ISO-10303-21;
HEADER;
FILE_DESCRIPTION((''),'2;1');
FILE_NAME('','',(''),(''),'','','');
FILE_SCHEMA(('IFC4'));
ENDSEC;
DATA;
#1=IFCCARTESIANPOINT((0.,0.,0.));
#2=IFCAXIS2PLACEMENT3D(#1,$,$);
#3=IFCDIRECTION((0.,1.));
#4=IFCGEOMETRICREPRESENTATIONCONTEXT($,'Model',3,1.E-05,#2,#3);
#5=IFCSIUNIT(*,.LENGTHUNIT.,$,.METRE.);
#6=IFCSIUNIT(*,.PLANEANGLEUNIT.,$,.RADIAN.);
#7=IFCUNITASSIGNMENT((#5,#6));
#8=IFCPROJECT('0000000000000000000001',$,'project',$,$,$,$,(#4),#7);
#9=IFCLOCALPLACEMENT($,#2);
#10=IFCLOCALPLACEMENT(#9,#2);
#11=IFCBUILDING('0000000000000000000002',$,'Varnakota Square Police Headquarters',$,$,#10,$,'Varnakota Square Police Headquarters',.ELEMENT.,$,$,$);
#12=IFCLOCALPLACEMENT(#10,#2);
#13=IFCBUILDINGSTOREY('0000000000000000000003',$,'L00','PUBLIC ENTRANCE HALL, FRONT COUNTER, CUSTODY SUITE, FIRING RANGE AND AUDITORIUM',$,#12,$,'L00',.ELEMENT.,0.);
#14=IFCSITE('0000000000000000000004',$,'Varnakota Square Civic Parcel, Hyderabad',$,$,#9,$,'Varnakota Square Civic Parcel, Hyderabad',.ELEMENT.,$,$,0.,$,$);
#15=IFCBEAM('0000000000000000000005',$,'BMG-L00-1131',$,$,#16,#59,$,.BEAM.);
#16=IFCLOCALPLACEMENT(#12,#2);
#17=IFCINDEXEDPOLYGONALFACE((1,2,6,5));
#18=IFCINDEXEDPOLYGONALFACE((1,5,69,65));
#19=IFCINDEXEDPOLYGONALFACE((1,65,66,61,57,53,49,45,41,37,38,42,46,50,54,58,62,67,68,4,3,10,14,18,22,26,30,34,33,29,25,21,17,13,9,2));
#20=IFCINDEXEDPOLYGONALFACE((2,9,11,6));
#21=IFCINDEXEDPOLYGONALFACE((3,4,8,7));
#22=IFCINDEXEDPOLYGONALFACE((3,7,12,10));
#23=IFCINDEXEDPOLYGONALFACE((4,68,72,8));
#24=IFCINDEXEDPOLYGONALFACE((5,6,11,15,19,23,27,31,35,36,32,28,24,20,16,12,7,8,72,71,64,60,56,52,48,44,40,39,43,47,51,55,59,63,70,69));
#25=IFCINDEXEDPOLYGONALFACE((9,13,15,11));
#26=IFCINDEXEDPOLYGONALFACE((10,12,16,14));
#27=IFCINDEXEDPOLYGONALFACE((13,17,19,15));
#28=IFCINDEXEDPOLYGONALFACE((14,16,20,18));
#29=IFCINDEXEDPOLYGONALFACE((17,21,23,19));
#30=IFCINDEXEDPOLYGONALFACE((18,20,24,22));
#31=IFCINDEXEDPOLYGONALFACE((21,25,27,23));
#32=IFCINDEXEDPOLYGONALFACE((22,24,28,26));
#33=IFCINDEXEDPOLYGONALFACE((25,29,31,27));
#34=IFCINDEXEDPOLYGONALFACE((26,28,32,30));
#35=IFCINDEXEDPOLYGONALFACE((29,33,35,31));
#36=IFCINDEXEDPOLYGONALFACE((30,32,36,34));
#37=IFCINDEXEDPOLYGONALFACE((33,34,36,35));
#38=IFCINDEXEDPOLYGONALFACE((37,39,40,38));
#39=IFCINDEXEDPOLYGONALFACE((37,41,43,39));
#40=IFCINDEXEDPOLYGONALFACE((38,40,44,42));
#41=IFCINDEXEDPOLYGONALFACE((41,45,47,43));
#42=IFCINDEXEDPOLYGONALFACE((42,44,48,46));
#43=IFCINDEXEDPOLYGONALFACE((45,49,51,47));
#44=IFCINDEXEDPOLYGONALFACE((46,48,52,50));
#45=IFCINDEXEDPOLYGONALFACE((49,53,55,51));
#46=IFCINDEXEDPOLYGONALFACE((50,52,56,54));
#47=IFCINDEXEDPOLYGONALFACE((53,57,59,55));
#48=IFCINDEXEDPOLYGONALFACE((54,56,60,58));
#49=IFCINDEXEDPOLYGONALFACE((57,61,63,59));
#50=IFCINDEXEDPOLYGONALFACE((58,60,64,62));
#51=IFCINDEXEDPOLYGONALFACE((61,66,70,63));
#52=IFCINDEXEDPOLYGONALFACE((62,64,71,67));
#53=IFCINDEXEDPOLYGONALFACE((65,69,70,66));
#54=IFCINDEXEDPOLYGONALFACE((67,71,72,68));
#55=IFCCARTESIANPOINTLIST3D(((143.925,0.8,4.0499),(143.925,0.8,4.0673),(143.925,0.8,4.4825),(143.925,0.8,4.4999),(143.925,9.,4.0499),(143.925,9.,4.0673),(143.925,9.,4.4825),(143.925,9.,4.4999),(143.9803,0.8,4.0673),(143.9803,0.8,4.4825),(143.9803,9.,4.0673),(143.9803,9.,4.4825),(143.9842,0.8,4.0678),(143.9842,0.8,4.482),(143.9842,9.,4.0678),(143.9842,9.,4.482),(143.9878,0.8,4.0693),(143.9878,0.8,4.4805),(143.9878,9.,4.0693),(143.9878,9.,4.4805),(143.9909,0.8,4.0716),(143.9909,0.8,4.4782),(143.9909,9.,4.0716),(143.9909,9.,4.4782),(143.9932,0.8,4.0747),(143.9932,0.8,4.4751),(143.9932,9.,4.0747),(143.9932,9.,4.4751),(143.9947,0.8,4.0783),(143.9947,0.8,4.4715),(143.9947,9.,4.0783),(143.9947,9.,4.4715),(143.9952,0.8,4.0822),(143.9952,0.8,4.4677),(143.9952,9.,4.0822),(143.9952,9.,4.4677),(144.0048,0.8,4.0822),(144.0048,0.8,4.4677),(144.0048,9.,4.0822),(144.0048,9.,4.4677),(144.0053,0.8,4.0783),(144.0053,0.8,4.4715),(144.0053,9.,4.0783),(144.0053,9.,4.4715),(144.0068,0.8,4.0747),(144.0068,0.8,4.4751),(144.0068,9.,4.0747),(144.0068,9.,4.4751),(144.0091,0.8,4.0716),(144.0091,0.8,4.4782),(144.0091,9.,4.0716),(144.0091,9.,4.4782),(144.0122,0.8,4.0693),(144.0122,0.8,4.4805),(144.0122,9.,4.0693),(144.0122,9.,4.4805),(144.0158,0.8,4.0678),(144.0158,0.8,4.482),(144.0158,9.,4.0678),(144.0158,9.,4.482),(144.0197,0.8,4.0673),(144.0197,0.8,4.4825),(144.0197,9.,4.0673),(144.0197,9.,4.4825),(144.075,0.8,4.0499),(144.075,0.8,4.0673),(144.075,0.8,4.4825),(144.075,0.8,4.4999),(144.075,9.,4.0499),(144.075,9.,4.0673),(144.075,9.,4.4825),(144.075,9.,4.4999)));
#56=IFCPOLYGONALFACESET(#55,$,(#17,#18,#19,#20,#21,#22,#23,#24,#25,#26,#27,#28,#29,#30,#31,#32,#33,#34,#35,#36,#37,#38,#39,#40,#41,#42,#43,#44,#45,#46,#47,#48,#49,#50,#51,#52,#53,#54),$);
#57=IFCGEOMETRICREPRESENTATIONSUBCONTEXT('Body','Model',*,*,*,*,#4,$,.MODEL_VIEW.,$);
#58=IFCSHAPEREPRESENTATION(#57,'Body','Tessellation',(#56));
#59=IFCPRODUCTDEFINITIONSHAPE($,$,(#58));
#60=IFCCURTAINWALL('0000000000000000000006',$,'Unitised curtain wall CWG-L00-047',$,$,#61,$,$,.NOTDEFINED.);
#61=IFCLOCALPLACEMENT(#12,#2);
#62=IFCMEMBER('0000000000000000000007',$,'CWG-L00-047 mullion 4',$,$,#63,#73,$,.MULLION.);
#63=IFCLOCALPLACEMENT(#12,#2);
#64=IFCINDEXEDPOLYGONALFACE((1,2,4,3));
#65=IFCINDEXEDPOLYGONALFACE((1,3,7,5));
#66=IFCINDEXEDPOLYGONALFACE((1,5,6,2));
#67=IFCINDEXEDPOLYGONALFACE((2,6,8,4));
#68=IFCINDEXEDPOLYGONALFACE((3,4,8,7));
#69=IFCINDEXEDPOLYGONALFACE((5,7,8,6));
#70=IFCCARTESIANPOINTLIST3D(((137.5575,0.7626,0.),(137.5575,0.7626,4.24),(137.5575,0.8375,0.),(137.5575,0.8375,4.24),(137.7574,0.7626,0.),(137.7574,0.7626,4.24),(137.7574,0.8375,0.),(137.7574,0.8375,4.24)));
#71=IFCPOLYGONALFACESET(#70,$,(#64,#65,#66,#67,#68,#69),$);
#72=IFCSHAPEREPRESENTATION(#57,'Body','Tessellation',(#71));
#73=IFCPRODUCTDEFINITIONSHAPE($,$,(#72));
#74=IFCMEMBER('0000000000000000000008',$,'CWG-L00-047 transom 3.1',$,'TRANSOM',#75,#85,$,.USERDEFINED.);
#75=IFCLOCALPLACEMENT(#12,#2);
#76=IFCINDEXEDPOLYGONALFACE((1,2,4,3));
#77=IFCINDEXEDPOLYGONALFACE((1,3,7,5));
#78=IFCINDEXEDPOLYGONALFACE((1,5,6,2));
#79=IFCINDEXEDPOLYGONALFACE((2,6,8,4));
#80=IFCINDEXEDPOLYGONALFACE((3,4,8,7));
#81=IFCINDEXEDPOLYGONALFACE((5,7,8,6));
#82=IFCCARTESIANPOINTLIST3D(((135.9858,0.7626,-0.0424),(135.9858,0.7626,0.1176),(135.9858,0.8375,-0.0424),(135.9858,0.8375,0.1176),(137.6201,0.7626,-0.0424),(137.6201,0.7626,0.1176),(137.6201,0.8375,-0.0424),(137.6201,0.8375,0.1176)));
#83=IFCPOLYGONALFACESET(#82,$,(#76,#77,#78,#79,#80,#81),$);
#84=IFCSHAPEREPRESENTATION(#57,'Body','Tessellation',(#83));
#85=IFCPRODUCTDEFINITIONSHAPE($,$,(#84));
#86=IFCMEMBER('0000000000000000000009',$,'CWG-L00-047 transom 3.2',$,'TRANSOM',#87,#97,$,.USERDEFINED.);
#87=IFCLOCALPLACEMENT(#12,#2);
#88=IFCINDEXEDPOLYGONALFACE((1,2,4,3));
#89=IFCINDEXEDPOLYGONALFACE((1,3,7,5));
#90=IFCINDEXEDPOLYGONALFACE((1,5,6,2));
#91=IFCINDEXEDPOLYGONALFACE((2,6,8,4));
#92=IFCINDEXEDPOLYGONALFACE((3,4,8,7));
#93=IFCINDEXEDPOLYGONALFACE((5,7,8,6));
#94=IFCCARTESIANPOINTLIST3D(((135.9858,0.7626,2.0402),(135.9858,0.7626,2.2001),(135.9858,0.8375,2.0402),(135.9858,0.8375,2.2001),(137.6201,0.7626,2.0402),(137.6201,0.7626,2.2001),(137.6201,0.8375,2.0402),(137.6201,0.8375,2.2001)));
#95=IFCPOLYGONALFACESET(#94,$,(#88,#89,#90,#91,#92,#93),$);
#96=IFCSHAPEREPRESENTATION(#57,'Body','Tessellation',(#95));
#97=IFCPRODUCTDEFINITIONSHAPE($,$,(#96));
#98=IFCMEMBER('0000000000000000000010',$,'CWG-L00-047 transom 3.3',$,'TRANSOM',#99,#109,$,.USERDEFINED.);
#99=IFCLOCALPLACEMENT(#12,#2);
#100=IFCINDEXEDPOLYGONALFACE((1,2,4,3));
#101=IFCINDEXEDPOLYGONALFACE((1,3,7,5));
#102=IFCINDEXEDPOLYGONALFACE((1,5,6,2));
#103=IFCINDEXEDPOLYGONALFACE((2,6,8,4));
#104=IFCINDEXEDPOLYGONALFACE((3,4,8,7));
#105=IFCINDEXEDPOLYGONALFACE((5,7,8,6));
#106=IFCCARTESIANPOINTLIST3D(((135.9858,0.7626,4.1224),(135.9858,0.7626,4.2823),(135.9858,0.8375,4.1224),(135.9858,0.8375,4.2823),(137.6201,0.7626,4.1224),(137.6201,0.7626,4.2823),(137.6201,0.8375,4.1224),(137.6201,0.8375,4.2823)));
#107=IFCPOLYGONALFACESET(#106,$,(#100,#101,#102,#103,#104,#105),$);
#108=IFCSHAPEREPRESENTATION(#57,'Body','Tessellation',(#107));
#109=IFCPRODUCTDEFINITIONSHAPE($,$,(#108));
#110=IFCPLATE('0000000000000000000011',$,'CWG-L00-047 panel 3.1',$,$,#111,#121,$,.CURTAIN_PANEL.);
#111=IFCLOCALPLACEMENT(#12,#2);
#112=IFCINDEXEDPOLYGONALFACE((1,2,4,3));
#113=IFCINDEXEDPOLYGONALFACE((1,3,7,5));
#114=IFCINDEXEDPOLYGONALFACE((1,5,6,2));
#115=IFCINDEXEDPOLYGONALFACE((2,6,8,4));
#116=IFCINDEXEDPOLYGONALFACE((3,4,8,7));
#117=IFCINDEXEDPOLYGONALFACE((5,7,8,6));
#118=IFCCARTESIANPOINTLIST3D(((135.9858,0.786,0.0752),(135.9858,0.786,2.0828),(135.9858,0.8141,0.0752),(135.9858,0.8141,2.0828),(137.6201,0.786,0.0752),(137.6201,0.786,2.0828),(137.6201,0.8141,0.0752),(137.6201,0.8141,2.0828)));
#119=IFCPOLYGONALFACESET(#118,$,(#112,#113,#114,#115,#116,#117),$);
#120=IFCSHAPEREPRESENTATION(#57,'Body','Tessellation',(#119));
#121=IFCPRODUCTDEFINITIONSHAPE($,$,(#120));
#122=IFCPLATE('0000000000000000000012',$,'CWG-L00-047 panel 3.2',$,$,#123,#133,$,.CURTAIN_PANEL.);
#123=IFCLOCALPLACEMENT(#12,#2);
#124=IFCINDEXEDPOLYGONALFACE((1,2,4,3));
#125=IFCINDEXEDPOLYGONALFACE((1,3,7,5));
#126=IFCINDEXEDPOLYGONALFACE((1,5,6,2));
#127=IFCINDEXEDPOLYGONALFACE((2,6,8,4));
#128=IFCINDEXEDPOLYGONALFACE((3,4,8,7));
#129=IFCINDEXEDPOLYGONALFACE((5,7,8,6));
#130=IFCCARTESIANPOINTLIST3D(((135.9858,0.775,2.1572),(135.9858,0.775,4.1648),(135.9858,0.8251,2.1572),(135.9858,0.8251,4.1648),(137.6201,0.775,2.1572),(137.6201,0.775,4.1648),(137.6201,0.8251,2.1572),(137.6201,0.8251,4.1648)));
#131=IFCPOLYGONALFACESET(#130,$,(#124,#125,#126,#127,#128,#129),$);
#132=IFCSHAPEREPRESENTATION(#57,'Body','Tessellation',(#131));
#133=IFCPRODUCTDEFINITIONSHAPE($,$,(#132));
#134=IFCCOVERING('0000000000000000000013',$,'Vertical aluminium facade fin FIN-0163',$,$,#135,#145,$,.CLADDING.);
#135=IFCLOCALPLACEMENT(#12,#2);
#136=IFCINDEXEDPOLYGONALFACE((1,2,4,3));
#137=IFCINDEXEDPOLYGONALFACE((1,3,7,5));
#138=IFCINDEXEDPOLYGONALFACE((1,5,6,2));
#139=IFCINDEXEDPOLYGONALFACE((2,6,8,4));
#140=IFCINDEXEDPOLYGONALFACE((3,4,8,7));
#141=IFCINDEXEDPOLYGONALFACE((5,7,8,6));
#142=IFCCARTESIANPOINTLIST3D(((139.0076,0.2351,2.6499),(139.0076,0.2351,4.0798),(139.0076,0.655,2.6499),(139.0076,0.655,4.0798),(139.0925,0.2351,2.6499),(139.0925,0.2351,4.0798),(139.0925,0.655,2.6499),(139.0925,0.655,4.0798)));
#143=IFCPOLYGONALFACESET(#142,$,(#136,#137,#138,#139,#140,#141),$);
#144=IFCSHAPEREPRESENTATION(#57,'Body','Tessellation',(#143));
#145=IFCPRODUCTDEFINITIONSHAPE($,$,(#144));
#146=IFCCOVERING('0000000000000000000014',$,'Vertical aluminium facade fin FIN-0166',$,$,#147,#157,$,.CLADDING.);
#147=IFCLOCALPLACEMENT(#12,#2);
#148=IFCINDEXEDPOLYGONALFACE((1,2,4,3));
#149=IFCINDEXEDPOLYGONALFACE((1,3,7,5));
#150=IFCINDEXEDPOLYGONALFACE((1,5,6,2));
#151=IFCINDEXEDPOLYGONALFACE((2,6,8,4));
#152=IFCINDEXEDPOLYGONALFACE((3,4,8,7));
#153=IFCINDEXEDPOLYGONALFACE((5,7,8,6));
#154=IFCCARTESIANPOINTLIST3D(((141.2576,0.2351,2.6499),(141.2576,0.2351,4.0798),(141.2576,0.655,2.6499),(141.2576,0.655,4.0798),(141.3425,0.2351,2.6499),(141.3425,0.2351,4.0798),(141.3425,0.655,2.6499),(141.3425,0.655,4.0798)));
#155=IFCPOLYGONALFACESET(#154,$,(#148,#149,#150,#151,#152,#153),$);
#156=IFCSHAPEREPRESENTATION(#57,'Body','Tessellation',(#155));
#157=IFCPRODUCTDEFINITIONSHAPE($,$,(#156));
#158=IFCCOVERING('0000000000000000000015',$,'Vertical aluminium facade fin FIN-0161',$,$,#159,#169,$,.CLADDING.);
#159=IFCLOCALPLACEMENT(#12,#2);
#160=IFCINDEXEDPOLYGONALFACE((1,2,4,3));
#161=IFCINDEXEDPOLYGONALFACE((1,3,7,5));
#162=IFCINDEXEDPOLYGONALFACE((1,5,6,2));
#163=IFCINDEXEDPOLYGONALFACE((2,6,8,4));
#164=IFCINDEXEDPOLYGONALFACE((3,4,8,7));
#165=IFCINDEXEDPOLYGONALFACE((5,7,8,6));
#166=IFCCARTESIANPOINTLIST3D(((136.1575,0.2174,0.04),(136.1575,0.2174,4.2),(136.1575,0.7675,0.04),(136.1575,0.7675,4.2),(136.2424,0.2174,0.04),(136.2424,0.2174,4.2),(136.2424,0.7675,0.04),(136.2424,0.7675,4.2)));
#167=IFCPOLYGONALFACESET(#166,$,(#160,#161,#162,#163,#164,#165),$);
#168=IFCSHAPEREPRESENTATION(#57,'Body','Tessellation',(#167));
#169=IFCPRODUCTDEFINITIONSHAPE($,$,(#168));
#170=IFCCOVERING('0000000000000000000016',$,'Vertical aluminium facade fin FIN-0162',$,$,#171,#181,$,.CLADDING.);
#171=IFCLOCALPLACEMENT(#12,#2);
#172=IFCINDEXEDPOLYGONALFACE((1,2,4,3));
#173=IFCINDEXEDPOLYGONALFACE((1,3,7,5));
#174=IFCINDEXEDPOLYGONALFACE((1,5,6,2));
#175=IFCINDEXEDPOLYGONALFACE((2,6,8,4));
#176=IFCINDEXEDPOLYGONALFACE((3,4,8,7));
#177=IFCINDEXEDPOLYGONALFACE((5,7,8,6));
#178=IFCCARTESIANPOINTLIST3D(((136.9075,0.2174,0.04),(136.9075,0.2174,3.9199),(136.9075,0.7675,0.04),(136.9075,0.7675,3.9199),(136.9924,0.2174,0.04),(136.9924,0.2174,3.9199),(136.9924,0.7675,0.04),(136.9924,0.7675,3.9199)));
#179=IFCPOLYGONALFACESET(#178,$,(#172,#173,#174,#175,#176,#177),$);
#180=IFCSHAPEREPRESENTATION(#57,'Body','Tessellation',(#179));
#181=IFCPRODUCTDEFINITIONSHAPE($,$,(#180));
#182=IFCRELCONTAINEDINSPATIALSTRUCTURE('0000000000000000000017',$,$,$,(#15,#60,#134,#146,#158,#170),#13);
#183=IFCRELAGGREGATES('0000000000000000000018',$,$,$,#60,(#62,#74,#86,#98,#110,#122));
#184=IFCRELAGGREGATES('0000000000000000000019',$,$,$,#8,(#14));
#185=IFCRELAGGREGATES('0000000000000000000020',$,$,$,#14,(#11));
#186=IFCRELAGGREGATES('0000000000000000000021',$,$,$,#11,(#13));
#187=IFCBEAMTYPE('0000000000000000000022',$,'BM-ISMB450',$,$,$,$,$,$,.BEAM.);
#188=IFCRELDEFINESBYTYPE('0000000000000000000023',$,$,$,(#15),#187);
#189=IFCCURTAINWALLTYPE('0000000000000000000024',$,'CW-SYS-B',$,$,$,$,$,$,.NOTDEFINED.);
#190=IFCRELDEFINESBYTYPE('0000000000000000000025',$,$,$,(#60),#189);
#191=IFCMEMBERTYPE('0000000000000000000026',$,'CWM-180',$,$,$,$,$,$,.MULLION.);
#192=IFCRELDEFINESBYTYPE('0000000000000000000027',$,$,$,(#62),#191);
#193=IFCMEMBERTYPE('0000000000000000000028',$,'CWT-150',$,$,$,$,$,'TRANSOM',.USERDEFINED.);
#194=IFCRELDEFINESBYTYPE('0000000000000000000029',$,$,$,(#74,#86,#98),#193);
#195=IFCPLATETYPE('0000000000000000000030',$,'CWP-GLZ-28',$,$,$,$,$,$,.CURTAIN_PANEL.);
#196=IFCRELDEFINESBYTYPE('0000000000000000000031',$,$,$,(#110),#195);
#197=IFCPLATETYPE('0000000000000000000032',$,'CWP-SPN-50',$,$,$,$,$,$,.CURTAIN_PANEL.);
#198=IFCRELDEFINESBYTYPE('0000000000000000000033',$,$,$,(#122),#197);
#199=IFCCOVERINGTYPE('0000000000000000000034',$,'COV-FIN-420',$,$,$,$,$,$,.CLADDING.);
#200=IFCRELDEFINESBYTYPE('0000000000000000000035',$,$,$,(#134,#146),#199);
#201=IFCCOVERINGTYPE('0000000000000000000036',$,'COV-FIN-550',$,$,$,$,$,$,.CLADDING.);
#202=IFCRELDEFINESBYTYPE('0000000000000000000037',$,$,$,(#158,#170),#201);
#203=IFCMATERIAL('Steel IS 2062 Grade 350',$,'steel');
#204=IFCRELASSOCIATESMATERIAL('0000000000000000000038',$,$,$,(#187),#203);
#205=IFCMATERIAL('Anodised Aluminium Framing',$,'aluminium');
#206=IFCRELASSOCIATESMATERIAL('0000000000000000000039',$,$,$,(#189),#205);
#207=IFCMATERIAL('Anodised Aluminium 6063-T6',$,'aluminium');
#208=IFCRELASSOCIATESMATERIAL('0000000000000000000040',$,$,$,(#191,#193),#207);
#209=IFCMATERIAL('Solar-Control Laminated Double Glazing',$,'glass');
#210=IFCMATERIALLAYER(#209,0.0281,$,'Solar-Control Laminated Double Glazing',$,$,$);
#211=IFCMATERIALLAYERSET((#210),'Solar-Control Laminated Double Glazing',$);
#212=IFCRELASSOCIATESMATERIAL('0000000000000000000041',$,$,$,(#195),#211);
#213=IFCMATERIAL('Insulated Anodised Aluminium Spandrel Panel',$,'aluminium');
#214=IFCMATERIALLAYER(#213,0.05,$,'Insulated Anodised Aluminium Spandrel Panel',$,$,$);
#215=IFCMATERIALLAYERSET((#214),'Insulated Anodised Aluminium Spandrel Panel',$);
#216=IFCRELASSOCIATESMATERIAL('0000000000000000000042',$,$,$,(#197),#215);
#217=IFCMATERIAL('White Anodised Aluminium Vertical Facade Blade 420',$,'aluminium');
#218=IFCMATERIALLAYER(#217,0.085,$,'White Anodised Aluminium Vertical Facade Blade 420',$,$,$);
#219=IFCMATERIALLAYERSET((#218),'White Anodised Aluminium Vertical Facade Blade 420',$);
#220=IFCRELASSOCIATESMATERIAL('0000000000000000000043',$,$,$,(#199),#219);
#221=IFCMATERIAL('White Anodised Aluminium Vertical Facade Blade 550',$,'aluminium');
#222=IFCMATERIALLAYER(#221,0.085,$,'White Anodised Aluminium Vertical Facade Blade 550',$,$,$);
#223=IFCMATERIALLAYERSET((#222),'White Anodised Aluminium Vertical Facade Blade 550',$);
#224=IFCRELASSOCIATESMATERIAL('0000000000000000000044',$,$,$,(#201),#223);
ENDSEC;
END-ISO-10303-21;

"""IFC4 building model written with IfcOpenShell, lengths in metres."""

from ifc_helpers import new_model, si_unit, direction, frame, origin, origin_2d, place, context, subcontext, project, spatial, rectangle, i_section, extrude, material, layer, layer_set, material_profile, profile_set, type_object, element, aggregate, save


model = new_model("IFC4")

# Units and contexts
model_context = context("Model", 3, precision=1e-05, world=origin(), true_north=direction((0.0, 1.0)))
body_context = subcontext(model_context, "Body", "Model", "MODEL_VIEW")
ifc_project = project(units=[si_unit("LENGTHUNIT", "METRE"), si_unit("PLANEANGLEUNIT", "RADIAN")], contexts=[model_context])

# Site, building, storey
site_placement = place(None, origin())
site = spatial("IfcSite", under=ifc_project, at=site_placement, Name="Varnakota Square Civic Parcel, Hyderabad", LongName="Varnakota Square Civic Parcel, Hyderabad", CompositionType="ELEMENT", RefElevation=0.0)
building_placement = place(site_placement, origin())
building = spatial("IfcBuilding", under=site, at=building_placement, Name="Varnakota Square Police Headquarters", LongName="Varnakota Square Police Headquarters", CompositionType="ELEMENT")
storey_placement = place(building_placement, origin())
storey = spatial("IfcBuildingStorey", under=building, at=storey_placement, Name="L00", Description="PUBLIC ENTRANCE HALL, FRONT COUNTER, CUSTODY SUITE, FIRING RANGE AND AUDITORIUM", LongName="L00", CompositionType="ELEMENT", Elevation=0.0)

# Beam
ifc_material_1 = material(Name="Steel IS 2062 Grade 350", Category="steel")
ifc_material_profile_1 = material_profile(ifc_material_1, i_section(OverallWidth=0.1499, OverallDepth=0.45, WebThickness=0.0095, FlangeThickness=0.0173, FilletRadius=0.0149, at=origin_2d()), Name="ISMB 450")
ifc_profile_set_1 = profile_set([ifc_material_profile_1], Name="Steel IS 2062 Grade 350")
beam_type_1 = type_object("IfcBeamType", Name="BM-ISMB450", PredefinedType="BEAM", material=ifc_profile_set_1)
for number, where, z_axis, x_axis, name in (
    (1, (144.0, 0.8, 4.2749), (0.0, 1.0, 0.0), (-1.0, 0.0, 0.0), "BMG-L00-1131"),
):
    element("IfcBeam", number, at=place(storey_placement, frame(where, z_axis=z_axis, x_axis=x_axis)), inside=storey, type_object=beam_type_1, Name=name, PredefinedType="BEAM", context=body_context, shape_type="SweptSolid", body=[
        extrude(i_section(OverallWidth=0.1499, OverallDepth=0.45, WebThickness=0.0095, FlangeThickness=0.0173, FilletRadius=0.0149, at=origin_2d()), origin(), (0.0, 0.0, 1.0), 8.2),
    ])

# Curtain wall, members, plates
ifc_material_2 = material(Name="Anodised Aluminium Framing", Category="aluminium")
curtain_wall_type = type_object("IfcCurtainWallType", Name="CW-SYS-B", PredefinedType="NOTDEFINED", material=ifc_material_2)
curtain_wall_placement = place(storey_placement, origin())
curtain_wall = element("IfcCurtainWall", 2, at=curtain_wall_placement, inside=storey, type_object=curtain_wall_type, Name="Unitised curtain wall CWG-L00-047", PredefinedType="NOTDEFINED")
ifc_material_3 = material(Name="Anodised Aluminium 6063-T6", Category="aluminium")
ifc_material_profile_2 = material_profile(ifc_material_3, rectangle(XDim=0.075, YDim=0.2, at=origin_2d()), Name="ALU MULLION 75x200")
ifc_profile_set_2 = profile_set([ifc_material_profile_2], Name="Anodised Aluminium 6063-T6")
member_type_1 = type_object("IfcMemberType", Name="CWM-180", PredefinedType="MULLION", material=ifc_profile_set_2)
member_1_placement = place(storey_placement, frame((137.6575, 0.8, 0.0), z_axis=(0.0, 0.0, 1.0), x_axis=(0.0, 1.0, 0.0)))
member_1 = element("IfcMember", 3, at=member_1_placement, type_object=member_type_1, Name="CWG-L00-047 mullion 4", PredefinedType="MULLION", context=body_context, shape_type="SweptSolid", body=[
    extrude(rectangle(XDim=0.075, YDim=0.2, at=origin_2d()), origin(), (0.0, 0.0, 1.0), 4.24),
])
ifc_material_profile_3 = material_profile(ifc_material_3, rectangle(XDim=0.075, YDim=0.1599, at=origin_2d()), Name="ALU TRANSOM 75x160")
ifc_profile_set_3 = profile_set([ifc_material_profile_3], Name="Anodised Aluminium 6063-T6")
member_type_2 = type_object("IfcMemberType", Name="CWT-150", ElementType="TRANSOM", PredefinedType="USERDEFINED", material=ifc_profile_set_3)
member_2_placement = place(storey_placement, frame((135.9858, 0.8, 0.0376), z_axis=(1.0, 0.0, 0.0), x_axis=(0.0, 1.0, 0.0)))
member_2 = element("IfcMember", 4, at=member_2_placement, type_object=member_type_2, Name="CWG-L00-047 transom 3.1", ObjectType="TRANSOM", PredefinedType="USERDEFINED", context=body_context, shape_type="SweptSolid", body=[
    extrude(rectangle(XDim=0.075, YDim=0.1599, at=origin_2d()), origin(), (0.0, 0.0, 1.0), 1.6343),
])
member_3_placement = place(storey_placement, frame((135.9858, 0.8, 2.1201), z_axis=(1.0, 0.0, 0.0), x_axis=(0.0, 1.0, 0.0)))
member_3 = element("IfcMember", 5, at=member_3_placement, type_object=member_type_2, Name="CWG-L00-047 transom 3.2", ObjectType="TRANSOM", PredefinedType="USERDEFINED", context=body_context, shape_type="SweptSolid", body=[
    extrude(rectangle(XDim=0.075, YDim=0.1599, at=origin_2d()), origin(), (0.0, 0.0, 1.0), 1.6343),
])
member_4_placement = place(storey_placement, frame((135.9858, 0.8, 4.2024), z_axis=(1.0, 0.0, 0.0), x_axis=(0.0, 1.0, 0.0)))
member_4 = element("IfcMember", 6, at=member_4_placement, type_object=member_type_2, Name="CWG-L00-047 transom 3.3", ObjectType="TRANSOM", PredefinedType="USERDEFINED", context=body_context, shape_type="SweptSolid", body=[
    extrude(rectangle(XDim=0.075, YDim=0.1599, at=origin_2d()), origin(), (0.0, 0.0, 1.0), 1.6343),
])
ifc_material_4 = material(Name="Solar-Control Laminated Double Glazing", Category="glass")
ifc_layer_1 = layer(ifc_material_4, 0.0281, Name="Solar-Control Laminated Double Glazing")
ifc_layer_set_1 = layer_set([ifc_layer_1], Name="Solar-Control Laminated Double Glazing")
plate_type_1 = type_object("IfcPlateType", Name="CWP-GLZ-28", PredefinedType="CURTAIN_PANEL", material=ifc_layer_set_1)
plate_1_placement = place(storey_placement, frame((136.803, 0.8, 0.0752), z_axis=(0.0, 0.0, 1.0), x_axis=(1.0, 0.0, 0.0)))
plate_1 = element("IfcPlate", 7, at=plate_1_placement, type_object=plate_type_1, Name="CWG-L00-047 panel 3.1", PredefinedType="CURTAIN_PANEL", context=body_context, shape_type="SweptSolid", body=[
    extrude(rectangle(XDim=1.6343, YDim=0.0281, at=origin_2d()), origin(), (0.0, 0.0, 1.0), 2.0076),
])
ifc_material_5 = material(Name="Insulated Anodised Aluminium Spandrel Panel", Category="aluminium")
ifc_layer_2 = layer(ifc_material_5, 0.05, Name="Insulated Anodised Aluminium Spandrel Panel")
ifc_layer_set_2 = layer_set([ifc_layer_2], Name="Insulated Anodised Aluminium Spandrel Panel")
plate_type_2 = type_object("IfcPlateType", Name="CWP-SPN-50", PredefinedType="CURTAIN_PANEL", material=ifc_layer_set_2)
plate_2_placement = place(storey_placement, frame((136.803, 0.8, 2.1572), z_axis=(0.0, 0.0, 1.0), x_axis=(1.0, 0.0, 0.0)))
plate_2 = element("IfcPlate", 8, at=plate_2_placement, type_object=plate_type_2, Name="CWG-L00-047 panel 3.2", PredefinedType="CURTAIN_PANEL", context=body_context, shape_type="SweptSolid", body=[
    extrude(rectangle(XDim=1.6343, YDim=0.05, at=origin_2d()), origin(), (0.0, 0.0, 1.0), 2.0076),
])
aggregate(curtain_wall, [member_1, member_2, member_3, member_4, plate_1, plate_2])

# Coverings
ifc_material_6 = material(Name="White Anodised Aluminium Vertical Facade Blade 420", Category="aluminium")
ifc_layer_3 = layer(ifc_material_6, 0.085, Name="White Anodised Aluminium Vertical Facade Blade 420")
ifc_layer_set_3 = layer_set([ifc_layer_3], Name="White Anodised Aluminium Vertical Facade Blade 420")
covering_type_1 = type_object("IfcCoveringType", Name="COV-FIN-420", PredefinedType="CLADDING", material=ifc_layer_set_3)
for number, where, z_axis, x_axis, name in (
    (9, (139.05, 0.4451, 2.6499), (0.0, 0.0, 1.0), (1.0, 0.0, 0.0), "Vertical aluminium facade fin FIN-0163"),
    (10, (141.3, 0.4451, 2.6499), (0.0, 0.0, 1.0), (1.0, 0.0, 0.0), "Vertical aluminium facade fin FIN-0166"),
):
    element("IfcCovering", number, at=place(storey_placement, frame(where, z_axis=z_axis, x_axis=x_axis)), inside=storey, type_object=covering_type_1, Name=name, PredefinedType="CLADDING", context=body_context, shape_type="SweptSolid", body=[
        extrude(rectangle(XDim=0.085, YDim=0.4199, at=origin_2d()), origin(), (0.0, 0.0, 1.0), 1.4299),
    ])
ifc_material_7 = material(Name="White Anodised Aluminium Vertical Facade Blade 550", Category="aluminium")
ifc_layer_4 = layer(ifc_material_7, 0.085, Name="White Anodised Aluminium Vertical Facade Blade 550")
ifc_layer_set_4 = layer_set([ifc_layer_4], Name="White Anodised Aluminium Vertical Facade Blade 550")
covering_type_2 = type_object("IfcCoveringType", Name="COV-FIN-550", PredefinedType="CLADDING", material=ifc_layer_set_4)
covering_1_placement = place(storey_placement, frame((136.2, 0.4924, 0.04), z_axis=(0.0, 0.0, 1.0), x_axis=(1.0, 0.0, 0.0)))
element("IfcCovering", 11, at=covering_1_placement, inside=storey, type_object=covering_type_2, Name="Vertical aluminium facade fin FIN-0161", PredefinedType="CLADDING", context=body_context, shape_type="SweptSolid", body=[
    extrude(rectangle(XDim=0.085, YDim=0.55, at=origin_2d()), origin(), (0.0, 0.0, 1.0), 4.1599),
])
covering_2_placement = place(storey_placement, frame((136.95, 0.4924, 0.04), z_axis=(0.0, 0.0, 1.0), x_axis=(1.0, 0.0, 0.0)))
element("IfcCovering", 12, at=covering_2_placement, inside=storey, type_object=covering_type_2, Name="Vertical aluminium facade fin FIN-0162", PredefinedType="CLADDING", context=body_context, shape_type="SweptSolid", body=[
    extrude(rectangle(XDim=0.085, YDim=0.55, at=origin_2d()), origin(), (0.0, 0.0, 1.0), 3.8799),
])

save(model, "model.ifc")
